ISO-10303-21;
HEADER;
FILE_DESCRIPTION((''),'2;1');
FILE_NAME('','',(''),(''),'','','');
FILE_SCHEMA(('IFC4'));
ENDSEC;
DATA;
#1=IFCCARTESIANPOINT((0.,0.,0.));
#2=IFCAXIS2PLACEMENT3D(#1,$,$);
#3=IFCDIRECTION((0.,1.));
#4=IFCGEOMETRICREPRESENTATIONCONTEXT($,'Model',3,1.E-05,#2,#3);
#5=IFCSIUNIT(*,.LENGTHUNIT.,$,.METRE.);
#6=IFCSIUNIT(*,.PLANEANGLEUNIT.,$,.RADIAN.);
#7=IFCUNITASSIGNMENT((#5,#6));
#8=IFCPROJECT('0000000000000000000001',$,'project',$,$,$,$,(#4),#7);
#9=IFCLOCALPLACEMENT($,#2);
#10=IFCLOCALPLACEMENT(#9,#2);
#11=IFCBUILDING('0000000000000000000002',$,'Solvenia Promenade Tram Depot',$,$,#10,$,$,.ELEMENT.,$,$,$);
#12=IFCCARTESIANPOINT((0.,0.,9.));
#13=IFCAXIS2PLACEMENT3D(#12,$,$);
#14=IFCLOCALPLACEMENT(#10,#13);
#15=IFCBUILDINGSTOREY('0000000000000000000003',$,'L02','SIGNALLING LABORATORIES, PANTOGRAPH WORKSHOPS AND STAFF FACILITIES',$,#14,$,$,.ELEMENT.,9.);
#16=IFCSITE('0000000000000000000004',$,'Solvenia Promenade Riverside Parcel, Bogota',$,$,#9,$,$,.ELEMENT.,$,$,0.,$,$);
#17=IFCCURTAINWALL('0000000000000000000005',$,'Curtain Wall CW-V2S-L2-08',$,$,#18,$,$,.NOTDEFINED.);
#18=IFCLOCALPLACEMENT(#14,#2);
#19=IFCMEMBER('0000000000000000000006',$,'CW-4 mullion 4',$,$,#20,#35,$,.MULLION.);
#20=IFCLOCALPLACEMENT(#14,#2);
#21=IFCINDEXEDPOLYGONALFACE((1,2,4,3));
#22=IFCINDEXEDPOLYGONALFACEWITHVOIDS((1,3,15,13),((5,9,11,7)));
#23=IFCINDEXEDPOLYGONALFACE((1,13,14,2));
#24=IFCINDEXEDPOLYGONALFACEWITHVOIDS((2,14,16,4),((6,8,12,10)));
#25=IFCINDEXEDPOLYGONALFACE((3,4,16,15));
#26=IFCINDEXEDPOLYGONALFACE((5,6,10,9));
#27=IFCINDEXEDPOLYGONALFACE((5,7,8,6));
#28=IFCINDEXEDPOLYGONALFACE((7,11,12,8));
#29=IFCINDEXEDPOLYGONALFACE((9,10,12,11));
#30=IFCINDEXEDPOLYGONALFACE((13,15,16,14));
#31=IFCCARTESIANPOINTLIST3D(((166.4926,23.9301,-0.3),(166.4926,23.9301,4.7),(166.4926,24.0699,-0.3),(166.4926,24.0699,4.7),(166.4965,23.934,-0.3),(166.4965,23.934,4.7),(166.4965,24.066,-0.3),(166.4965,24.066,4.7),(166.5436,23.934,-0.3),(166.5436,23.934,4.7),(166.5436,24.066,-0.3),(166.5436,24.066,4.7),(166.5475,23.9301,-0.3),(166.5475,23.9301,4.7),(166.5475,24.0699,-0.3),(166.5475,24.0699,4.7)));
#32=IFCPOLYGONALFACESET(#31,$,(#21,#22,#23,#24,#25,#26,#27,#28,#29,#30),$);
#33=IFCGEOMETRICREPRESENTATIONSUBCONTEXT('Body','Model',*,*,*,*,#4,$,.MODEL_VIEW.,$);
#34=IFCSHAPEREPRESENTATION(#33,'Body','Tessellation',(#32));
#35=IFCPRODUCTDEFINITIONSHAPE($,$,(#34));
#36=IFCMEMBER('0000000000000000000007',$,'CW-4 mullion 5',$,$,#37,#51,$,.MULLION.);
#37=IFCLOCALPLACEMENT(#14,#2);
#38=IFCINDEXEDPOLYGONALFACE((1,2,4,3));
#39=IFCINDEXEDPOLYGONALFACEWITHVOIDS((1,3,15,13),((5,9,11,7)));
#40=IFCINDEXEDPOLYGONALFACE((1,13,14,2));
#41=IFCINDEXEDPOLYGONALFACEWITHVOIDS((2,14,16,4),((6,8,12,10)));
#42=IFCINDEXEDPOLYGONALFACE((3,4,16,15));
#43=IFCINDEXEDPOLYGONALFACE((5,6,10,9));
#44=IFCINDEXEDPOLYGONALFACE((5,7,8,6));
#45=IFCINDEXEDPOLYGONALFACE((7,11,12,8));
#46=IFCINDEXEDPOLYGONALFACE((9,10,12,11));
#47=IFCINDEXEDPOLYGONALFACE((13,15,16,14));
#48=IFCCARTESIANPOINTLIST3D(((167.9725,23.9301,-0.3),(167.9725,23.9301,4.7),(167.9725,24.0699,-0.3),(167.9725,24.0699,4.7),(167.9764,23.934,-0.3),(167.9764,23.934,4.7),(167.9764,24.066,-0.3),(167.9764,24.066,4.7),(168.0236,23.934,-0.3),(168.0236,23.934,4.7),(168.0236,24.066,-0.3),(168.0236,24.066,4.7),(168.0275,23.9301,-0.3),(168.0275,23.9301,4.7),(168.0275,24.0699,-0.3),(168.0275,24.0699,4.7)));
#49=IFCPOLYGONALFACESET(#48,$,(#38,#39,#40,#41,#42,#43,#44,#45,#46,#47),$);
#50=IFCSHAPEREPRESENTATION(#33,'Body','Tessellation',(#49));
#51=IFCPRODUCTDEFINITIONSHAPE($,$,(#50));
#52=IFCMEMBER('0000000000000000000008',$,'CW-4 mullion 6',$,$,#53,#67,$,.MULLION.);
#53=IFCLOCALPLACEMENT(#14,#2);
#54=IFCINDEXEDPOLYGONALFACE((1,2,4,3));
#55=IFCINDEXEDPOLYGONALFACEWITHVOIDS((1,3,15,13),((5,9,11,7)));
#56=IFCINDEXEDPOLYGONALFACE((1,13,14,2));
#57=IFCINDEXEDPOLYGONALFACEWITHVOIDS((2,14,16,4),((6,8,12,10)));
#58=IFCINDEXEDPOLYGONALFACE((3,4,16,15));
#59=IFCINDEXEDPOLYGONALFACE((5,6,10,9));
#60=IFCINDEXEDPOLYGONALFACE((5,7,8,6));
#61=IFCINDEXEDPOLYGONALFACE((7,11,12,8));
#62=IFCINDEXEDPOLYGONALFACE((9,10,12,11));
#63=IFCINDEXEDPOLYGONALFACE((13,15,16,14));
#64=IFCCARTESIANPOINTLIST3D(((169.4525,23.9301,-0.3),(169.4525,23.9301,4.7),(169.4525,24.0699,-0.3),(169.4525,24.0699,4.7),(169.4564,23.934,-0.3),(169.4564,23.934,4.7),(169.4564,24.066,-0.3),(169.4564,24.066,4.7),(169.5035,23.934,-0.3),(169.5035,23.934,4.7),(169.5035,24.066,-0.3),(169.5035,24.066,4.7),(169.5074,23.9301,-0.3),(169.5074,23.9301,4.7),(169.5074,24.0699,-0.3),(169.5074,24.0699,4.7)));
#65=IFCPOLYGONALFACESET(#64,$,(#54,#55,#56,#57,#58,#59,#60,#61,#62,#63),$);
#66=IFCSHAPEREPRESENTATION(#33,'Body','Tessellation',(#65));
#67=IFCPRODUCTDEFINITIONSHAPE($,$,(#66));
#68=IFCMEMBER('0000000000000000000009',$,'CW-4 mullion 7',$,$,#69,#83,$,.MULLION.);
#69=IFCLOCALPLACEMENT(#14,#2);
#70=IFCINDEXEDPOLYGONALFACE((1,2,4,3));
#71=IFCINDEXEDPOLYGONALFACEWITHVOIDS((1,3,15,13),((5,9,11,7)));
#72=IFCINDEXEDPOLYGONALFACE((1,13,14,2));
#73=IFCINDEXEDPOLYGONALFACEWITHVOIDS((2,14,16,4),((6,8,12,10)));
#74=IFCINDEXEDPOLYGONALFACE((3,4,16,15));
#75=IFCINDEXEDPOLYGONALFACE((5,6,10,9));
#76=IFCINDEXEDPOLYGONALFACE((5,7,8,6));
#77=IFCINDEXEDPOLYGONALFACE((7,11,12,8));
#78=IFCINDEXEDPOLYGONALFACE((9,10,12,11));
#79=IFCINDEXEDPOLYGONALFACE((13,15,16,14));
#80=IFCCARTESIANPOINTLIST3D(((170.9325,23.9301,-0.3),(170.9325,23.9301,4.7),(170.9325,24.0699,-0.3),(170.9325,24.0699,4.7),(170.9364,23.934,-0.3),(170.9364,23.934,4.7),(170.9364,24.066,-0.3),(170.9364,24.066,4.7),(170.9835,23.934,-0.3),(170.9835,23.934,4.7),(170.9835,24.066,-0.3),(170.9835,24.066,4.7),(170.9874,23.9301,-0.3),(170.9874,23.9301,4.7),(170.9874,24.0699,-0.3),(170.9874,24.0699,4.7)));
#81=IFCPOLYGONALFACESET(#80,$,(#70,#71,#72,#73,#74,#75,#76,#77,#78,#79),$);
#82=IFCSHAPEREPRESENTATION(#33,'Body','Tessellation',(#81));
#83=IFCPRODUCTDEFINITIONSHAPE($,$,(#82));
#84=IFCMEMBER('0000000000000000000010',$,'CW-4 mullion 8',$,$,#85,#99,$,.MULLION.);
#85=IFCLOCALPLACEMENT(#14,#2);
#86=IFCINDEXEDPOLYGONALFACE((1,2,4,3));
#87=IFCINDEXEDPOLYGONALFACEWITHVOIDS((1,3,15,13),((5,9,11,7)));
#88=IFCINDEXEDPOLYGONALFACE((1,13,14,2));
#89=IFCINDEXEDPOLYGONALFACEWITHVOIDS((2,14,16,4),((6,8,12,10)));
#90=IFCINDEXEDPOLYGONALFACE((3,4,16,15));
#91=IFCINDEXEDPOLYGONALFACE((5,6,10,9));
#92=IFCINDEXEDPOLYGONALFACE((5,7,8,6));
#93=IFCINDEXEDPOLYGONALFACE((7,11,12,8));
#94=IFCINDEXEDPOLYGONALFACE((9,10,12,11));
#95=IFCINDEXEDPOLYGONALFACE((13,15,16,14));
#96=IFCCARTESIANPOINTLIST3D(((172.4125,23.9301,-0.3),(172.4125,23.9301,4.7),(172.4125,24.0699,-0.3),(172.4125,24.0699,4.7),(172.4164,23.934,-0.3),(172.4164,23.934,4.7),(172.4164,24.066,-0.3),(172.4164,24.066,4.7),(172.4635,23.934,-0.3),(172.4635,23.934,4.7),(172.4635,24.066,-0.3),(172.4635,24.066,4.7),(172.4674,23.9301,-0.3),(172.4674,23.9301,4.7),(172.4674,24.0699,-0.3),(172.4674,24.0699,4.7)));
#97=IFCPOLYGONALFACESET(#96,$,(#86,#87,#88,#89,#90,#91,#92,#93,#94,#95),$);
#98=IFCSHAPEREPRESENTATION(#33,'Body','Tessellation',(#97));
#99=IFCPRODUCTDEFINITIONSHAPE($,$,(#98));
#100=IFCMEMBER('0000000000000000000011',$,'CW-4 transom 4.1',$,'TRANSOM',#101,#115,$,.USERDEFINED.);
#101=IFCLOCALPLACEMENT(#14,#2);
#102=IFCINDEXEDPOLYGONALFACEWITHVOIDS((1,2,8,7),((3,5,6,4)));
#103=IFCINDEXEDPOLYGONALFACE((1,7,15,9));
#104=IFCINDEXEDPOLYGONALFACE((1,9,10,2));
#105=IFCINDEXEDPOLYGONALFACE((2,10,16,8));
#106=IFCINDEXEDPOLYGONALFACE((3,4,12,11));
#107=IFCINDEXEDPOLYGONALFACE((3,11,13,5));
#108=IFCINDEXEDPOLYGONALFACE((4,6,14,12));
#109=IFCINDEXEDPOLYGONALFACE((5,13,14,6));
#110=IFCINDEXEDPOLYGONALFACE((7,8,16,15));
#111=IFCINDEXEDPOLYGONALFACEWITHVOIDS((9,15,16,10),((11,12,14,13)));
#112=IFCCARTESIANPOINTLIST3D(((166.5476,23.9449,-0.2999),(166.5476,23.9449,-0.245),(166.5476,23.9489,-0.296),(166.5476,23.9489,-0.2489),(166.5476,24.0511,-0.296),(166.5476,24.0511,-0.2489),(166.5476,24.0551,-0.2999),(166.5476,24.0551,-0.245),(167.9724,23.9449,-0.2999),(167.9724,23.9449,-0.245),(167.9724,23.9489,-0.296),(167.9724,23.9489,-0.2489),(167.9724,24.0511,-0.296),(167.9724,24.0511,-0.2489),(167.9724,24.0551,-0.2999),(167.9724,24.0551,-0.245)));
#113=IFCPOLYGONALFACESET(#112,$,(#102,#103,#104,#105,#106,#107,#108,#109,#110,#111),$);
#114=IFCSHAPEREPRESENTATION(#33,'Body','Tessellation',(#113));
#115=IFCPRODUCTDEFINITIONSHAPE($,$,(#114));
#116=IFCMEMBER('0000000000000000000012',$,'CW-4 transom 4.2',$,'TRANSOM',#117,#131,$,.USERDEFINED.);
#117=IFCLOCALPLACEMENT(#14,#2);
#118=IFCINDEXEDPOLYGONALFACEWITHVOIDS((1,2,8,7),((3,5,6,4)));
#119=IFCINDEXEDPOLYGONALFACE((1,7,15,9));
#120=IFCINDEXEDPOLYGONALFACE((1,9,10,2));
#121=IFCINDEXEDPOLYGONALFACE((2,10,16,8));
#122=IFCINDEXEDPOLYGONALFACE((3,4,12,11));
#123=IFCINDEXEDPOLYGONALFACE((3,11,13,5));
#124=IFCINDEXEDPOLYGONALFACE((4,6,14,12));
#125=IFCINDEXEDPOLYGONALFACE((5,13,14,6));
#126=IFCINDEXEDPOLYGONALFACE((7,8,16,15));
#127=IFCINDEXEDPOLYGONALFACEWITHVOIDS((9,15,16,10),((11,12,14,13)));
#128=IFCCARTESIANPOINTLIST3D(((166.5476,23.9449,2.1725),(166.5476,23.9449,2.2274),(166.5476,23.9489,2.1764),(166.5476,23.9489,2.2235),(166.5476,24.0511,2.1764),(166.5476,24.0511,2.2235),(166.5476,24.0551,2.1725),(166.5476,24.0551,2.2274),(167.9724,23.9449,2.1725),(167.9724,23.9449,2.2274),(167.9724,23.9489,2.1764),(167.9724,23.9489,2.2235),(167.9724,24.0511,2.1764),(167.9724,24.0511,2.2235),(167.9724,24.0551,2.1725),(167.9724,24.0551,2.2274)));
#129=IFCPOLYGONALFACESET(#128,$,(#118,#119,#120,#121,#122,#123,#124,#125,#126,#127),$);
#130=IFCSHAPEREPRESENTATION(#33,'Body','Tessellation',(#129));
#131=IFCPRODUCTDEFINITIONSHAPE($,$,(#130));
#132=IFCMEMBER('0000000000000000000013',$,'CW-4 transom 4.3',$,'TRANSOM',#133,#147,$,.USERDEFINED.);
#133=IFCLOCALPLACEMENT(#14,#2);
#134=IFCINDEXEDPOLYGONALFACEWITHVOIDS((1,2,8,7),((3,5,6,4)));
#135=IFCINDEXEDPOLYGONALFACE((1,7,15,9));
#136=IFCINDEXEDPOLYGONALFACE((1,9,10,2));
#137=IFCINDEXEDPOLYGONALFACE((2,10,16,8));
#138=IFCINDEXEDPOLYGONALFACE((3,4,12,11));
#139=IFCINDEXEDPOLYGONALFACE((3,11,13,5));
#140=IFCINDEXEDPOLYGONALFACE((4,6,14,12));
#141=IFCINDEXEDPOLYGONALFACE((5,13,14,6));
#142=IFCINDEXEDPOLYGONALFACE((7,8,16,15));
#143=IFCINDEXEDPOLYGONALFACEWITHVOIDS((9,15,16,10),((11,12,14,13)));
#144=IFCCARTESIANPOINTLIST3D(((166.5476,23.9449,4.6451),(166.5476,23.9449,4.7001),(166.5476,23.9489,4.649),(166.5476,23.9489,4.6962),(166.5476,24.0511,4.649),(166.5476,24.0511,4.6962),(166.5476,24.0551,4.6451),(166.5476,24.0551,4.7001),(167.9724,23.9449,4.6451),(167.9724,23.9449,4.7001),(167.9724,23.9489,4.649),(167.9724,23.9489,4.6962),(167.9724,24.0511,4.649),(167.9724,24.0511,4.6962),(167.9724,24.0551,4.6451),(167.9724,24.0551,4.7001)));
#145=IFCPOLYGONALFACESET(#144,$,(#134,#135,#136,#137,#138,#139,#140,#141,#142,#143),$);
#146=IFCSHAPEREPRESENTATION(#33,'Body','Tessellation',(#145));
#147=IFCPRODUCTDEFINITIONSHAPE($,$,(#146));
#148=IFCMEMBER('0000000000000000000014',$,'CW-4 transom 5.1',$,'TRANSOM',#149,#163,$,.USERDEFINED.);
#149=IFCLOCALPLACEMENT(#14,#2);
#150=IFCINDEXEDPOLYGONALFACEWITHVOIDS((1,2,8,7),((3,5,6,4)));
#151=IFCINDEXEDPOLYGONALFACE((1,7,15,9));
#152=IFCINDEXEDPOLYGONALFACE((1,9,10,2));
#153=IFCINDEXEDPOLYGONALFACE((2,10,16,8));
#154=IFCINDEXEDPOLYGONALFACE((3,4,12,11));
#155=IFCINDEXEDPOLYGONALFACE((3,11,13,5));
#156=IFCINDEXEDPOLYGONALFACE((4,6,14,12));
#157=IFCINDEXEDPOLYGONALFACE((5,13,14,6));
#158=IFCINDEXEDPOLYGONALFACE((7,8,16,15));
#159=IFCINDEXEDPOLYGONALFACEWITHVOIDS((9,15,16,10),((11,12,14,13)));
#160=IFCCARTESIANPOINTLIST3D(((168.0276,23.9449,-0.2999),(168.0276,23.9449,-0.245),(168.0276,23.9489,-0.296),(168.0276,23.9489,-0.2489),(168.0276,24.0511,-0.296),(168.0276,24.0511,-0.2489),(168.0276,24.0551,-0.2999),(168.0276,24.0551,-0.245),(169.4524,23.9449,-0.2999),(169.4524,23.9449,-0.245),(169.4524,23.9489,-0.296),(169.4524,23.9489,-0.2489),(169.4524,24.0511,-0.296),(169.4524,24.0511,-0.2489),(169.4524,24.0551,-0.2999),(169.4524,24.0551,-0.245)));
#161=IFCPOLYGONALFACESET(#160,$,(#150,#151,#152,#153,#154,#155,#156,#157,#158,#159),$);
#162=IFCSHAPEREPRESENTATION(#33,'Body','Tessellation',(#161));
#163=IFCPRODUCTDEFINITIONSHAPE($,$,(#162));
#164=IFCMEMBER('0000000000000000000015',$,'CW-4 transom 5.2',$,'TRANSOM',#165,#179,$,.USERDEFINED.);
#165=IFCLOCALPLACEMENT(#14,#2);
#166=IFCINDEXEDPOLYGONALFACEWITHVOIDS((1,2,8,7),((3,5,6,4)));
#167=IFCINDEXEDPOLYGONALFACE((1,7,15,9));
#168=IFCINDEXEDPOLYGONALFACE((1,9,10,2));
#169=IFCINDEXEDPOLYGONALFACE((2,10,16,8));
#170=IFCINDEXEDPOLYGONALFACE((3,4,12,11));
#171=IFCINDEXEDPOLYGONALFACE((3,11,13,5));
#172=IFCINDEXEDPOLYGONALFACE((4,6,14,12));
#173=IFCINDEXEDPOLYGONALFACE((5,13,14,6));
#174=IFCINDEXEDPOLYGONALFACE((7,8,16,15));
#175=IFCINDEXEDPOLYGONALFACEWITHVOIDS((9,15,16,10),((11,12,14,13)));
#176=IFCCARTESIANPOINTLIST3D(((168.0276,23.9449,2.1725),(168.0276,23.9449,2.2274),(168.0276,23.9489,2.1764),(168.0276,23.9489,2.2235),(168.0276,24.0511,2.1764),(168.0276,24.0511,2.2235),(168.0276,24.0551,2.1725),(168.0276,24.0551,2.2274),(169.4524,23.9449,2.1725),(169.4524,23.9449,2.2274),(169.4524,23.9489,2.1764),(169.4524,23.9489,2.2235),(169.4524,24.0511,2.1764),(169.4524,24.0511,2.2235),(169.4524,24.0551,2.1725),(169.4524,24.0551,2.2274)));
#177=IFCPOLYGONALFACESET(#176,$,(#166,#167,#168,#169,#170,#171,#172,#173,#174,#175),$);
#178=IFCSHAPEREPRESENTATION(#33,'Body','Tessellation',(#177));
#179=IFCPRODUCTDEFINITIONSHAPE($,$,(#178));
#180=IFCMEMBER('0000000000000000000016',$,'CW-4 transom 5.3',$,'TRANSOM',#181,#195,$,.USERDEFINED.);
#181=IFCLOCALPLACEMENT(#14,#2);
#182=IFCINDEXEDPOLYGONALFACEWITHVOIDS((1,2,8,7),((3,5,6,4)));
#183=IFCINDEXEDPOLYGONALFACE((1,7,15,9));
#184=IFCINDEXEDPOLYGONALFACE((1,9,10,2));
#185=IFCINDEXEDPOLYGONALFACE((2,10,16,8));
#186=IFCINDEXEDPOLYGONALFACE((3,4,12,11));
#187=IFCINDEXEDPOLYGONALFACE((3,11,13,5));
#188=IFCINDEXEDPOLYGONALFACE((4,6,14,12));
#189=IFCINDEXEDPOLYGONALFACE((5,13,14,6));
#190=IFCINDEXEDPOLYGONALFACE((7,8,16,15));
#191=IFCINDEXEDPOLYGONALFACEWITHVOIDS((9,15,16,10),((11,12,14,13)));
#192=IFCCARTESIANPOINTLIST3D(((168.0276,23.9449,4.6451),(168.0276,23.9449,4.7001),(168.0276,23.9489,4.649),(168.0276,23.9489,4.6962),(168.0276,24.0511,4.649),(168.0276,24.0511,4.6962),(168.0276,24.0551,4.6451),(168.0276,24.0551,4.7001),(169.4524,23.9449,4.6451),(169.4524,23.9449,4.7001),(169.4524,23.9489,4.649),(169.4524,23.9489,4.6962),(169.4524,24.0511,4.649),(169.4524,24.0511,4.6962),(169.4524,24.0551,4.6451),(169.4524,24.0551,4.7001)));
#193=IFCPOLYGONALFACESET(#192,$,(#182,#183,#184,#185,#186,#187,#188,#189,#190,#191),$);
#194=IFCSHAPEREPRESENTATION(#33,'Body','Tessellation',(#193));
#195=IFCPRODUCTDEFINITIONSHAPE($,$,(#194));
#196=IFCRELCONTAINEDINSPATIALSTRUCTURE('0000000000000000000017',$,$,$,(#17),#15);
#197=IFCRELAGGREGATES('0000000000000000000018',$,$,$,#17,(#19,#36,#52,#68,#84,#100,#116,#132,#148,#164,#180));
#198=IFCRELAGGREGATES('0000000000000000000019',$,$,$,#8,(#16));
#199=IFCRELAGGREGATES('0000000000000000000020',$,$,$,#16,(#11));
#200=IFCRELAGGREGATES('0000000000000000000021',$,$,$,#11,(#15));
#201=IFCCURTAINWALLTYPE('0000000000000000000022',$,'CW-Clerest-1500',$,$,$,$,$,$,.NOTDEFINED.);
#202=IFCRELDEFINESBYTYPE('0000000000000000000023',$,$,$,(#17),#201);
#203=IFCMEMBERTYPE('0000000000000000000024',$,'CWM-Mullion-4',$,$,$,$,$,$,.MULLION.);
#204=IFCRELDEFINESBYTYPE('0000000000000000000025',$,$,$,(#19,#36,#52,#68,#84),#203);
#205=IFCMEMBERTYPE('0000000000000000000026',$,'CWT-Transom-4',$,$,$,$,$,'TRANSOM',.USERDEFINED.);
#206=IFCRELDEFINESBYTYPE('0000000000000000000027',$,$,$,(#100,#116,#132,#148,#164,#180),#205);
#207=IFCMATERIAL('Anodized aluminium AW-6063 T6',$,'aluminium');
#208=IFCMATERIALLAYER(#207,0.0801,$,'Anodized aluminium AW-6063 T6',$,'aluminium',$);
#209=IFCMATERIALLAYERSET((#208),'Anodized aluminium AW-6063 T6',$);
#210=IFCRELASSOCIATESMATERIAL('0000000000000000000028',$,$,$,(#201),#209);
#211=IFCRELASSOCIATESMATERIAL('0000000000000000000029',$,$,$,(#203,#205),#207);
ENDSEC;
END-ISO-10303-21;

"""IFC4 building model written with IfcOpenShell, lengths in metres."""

from ifc_helpers import new_model, si_unit, direction, frame, origin, origin_2d, place, context, subcontext, project, spatial, hollow_rectangle, extrude, material, layer, layer_set, material_profile, profile_set, type_object, element, aggregate, save


model = new_model("IFC4")

# Units and contexts
model_context = context("Model", 3, precision=1e-05, world=origin(), true_north=direction((0.0, 1.0)))
body_context = subcontext(model_context, "Body", "Model", "MODEL_VIEW")
ifc_project = project(units=[si_unit("LENGTHUNIT", "METRE"), si_unit("PLANEANGLEUNIT", "RADIAN")], contexts=[model_context])

# Site, building, storey
site_placement = place(None, origin())
site = spatial("IfcSite", under=ifc_project, at=site_placement, Name="Solvenia Promenade Riverside Parcel, Bogota", CompositionType="ELEMENT", RefElevation=0.0)
building_placement = place(site_placement, origin())
building = spatial("IfcBuilding", under=site, at=building_placement, Name="Solvenia Promenade Tram Depot", CompositionType="ELEMENT")
storey_placement = place(building_placement, frame((0.0, 0.0, 9.0)))
storey = spatial("IfcBuildingStorey", under=building, at=storey_placement, Name="L02", Description="SIGNALLING LABORATORIES, PANTOGRAPH WORKSHOPS AND STAFF FACILITIES", CompositionType="ELEMENT", Elevation=9.0)

# Curtain wall, members
ifc_material_1 = material(Name="Anodized aluminium AW-6063 T6", Category="aluminium")
ifc_layer_1 = layer(ifc_material_1, 0.0801, Name="Anodized aluminium AW-6063 T6", Category="aluminium")
ifc_layer_set_1 = layer_set([ifc_layer_1], Name="Anodized aluminium AW-6063 T6")
curtain_wall_type = type_object("IfcCurtainWallType", Name="CW-Clerest-1500", PredefinedType="NOTDEFINED", material=ifc_layer_set_1)
curtain_wall_placement = place(storey_placement, origin())
curtain_wall = element("IfcCurtainWall", 1, at=curtain_wall_placement, inside=storey, type_object=curtain_wall_type, Name="Curtain Wall CW-V2S-L2-08", PredefinedType="NOTDEFINED")
ifc_material_profile_1 = material_profile(ifc_material_1, hollow_rectangle(XDim=0.1399, YDim=0.0549, WallThickness=0.0039, at=origin_2d()), Name="ALU-M4", Category="aluminium")
ifc_profile_set_1 = profile_set([ifc_material_profile_1], Name="Anodized aluminium AW-6063 T6")
member_type_1 = type_object("IfcMemberType", Name="CWM-Mullion-4", PredefinedType="MULLION", material=ifc_profile_set_1)
member_1_placement = place(storey_placement, frame((166.52, 24.0, -0.3), z_axis=(0.0, 0.0, 1.0), x_axis=(0.0, 1.0, 0.0)))
member_1 = element("IfcMember", 2, at=member_1_placement, type_object=member_type_1, Name="CW-4 mullion 4", PredefinedType="MULLION", context=body_context, shape_type="SweptSolid", body=[
    extrude(hollow_rectangle(XDim=0.1399, YDim=0.0549, WallThickness=0.0039, at=origin_2d()), origin(), (0.0, 0.0, 1.0), 5.0),
])
member_2_placement = place(storey_placement, frame((168.0, 24.0, -0.3), z_axis=(0.0, 0.0, 1.0), x_axis=(0.0, 1.0, 0.0)))
member_2 = element("IfcMember", 3, at=member_2_placement, type_object=member_type_1, Name="CW-4 mullion 5", PredefinedType="MULLION", context=body_context, shape_type="SweptSolid", body=[
    extrude(hollow_rectangle(XDim=0.1399, YDim=0.0549, WallThickness=0.0039, at=origin_2d()), origin(), (0.0, 0.0, 1.0), 5.0),
])
member_3_placement = place(storey_placement, frame((169.48, 24.0, -0.3), z_axis=(0.0, 0.0, 1.0), x_axis=(0.0, 1.0, 0.0)))
member_3 = element("IfcMember", 4, at=member_3_placement, type_object=member_type_1, Name="CW-4 mullion 6", PredefinedType="MULLION", context=body_context, shape_type="SweptSolid", body=[
    extrude(hollow_rectangle(XDim=0.1399, YDim=0.0549, WallThickness=0.0039, at=origin_2d()), origin(), (0.0, 0.0, 1.0), 5.0),
])
member_4_placement = place(storey_placement, frame((170.96, 24.0, -0.3), z_axis=(0.0, 0.0, 1.0), x_axis=(0.0, 1.0, 0.0)))
member_4 = element("IfcMember", 5, at=member_4_placement, type_object=member_type_1, Name="CW-4 mullion 7", PredefinedType="MULLION", context=body_context, shape_type="SweptSolid", body=[
    extrude(hollow_rectangle(XDim=0.1399, YDim=0.0549, WallThickness=0.0039, at=origin_2d()), origin(), (0.0, 0.0, 1.0), 5.0),
])
member_5_placement = place(storey_placement, frame((172.4399, 24.0, -0.3), z_axis=(0.0, 0.0, 1.0), x_axis=(0.0, 1.0, 0.0)))
member_5 = element("IfcMember", 6, at=member_5_placement, type_object=member_type_1, Name="CW-4 mullion 8", PredefinedType="MULLION", context=body_context, shape_type="SweptSolid", body=[
    extrude(hollow_rectangle(XDim=0.1399, YDim=0.0549, WallThickness=0.0039, at=origin_2d()), origin(), (0.0, 0.0, 1.0), 5.0),
])
ifc_material_profile_2 = material_profile(ifc_material_1, hollow_rectangle(XDim=0.1101, YDim=0.0549, WallThickness=0.0039, at=origin_2d()), Name="ALU-T4", Category="aluminium")
ifc_profile_set_2 = profile_set([ifc_material_profile_2], Name="Anodized aluminium AW-6063 T6")
member_type_2 = type_object("IfcMemberType", Name="CWT-Transom-4", ElementType="TRANSOM", PredefinedType="USERDEFINED", material=ifc_profile_set_2)
member_6_placement = place(storey_placement, frame((166.5476, 24.0, -0.2725), z_axis=(1.0, 0.0, 0.0), x_axis=(0.0, 1.0, 0.0)))
member_6 = element("IfcMember", 7, at=member_6_placement, type_object=member_type_2, Name="CW-4 transom 4.1", ObjectType="TRANSOM", PredefinedType="USERDEFINED", context=body_context, shape_type="SweptSolid", body=[
    extrude(hollow_rectangle(XDim=0.1101, YDim=0.0549, WallThickness=0.0039, at=origin_2d()), origin(), (0.0, 0.0, 1.0), 1.4248),
])
member_7_placement = place(storey_placement, frame((166.5476, 24.0, 2.2), z_axis=(1.0, 0.0, 0.0), x_axis=(0.0, 1.0, 0.0)))
member_7 = element("IfcMember", 8, at=member_7_placement, type_object=member_type_2, Name="CW-4 transom 4.2", ObjectType="TRANSOM", PredefinedType="USERDEFINED", context=body_context, shape_type="SweptSolid", body=[
    extrude(hollow_rectangle(XDim=0.1101, YDim=0.0549, WallThickness=0.0039, at=origin_2d()), origin(), (0.0, 0.0, 1.0), 1.4248),
])
member_8_placement = place(storey_placement, frame((166.5476, 24.0, 4.6726), z_axis=(1.0, 0.0, 0.0), x_axis=(0.0, 1.0, 0.0)))
member_8 = element("IfcMember", 9, at=member_8_placement, type_object=member_type_2, Name="CW-4 transom 4.3", ObjectType="TRANSOM", PredefinedType="USERDEFINED", context=body_context, shape_type="SweptSolid", body=[
    extrude(hollow_rectangle(XDim=0.1101, YDim=0.0549, WallThickness=0.0039, at=origin_2d()), origin(), (0.0, 0.0, 1.0), 1.4248),
])
member_9_placement = place(storey_placement, frame((168.0276, 24.0, -0.2725), z_axis=(1.0, 0.0, 0.0), x_axis=(0.0, 1.0, 0.0)))
member_9 = element("IfcMember", 10, at=member_9_placement, type_object=member_type_2, Name="CW-4 transom 5.1", ObjectType="TRANSOM", PredefinedType="USERDEFINED", context=body_context, shape_type="SweptSolid", body=[
    extrude(hollow_rectangle(XDim=0.1101, YDim=0.0549, WallThickness=0.0039, at=origin_2d()), origin(), (0.0, 0.0, 1.0), 1.4248),
])
member_10_placement = place(storey_placement, frame((168.0276, 24.0, 2.2), z_axis=(1.0, 0.0, 0.0), x_axis=(0.0, 1.0, 0.0)))
member_10 = element("IfcMember", 11, at=member_10_placement, type_object=member_type_2, Name="CW-4 transom 5.2", ObjectType="TRANSOM", PredefinedType="USERDEFINED", context=body_context, shape_type="SweptSolid", body=[
    extrude(hollow_rectangle(XDim=0.1101, YDim=0.0549, WallThickness=0.0039, at=origin_2d()), origin(), (0.0, 0.0, 1.0), 1.4248),
])
member_11_placement = place(storey_placement, frame((168.0276, 24.0, 4.6726), z_axis=(1.0, 0.0, 0.0), x_axis=(0.0, 1.0, 0.0)))
member_11 = element("IfcMember", 12, at=member_11_placement, type_object=member_type_2, Name="CW-4 transom 5.3", ObjectType="TRANSOM", PredefinedType="USERDEFINED", context=body_context, shape_type="SweptSolid", body=[
    extrude(hollow_rectangle(XDim=0.1101, YDim=0.0549, WallThickness=0.0039, at=origin_2d()), origin(), (0.0, 0.0, 1.0), 1.4248),
])
aggregate(curtain_wall, [member_1, member_2, member_3, member_4, member_5, member_6, member_7, member_8, member_9, member_10, member_11])

save(model, "model.ifc")
